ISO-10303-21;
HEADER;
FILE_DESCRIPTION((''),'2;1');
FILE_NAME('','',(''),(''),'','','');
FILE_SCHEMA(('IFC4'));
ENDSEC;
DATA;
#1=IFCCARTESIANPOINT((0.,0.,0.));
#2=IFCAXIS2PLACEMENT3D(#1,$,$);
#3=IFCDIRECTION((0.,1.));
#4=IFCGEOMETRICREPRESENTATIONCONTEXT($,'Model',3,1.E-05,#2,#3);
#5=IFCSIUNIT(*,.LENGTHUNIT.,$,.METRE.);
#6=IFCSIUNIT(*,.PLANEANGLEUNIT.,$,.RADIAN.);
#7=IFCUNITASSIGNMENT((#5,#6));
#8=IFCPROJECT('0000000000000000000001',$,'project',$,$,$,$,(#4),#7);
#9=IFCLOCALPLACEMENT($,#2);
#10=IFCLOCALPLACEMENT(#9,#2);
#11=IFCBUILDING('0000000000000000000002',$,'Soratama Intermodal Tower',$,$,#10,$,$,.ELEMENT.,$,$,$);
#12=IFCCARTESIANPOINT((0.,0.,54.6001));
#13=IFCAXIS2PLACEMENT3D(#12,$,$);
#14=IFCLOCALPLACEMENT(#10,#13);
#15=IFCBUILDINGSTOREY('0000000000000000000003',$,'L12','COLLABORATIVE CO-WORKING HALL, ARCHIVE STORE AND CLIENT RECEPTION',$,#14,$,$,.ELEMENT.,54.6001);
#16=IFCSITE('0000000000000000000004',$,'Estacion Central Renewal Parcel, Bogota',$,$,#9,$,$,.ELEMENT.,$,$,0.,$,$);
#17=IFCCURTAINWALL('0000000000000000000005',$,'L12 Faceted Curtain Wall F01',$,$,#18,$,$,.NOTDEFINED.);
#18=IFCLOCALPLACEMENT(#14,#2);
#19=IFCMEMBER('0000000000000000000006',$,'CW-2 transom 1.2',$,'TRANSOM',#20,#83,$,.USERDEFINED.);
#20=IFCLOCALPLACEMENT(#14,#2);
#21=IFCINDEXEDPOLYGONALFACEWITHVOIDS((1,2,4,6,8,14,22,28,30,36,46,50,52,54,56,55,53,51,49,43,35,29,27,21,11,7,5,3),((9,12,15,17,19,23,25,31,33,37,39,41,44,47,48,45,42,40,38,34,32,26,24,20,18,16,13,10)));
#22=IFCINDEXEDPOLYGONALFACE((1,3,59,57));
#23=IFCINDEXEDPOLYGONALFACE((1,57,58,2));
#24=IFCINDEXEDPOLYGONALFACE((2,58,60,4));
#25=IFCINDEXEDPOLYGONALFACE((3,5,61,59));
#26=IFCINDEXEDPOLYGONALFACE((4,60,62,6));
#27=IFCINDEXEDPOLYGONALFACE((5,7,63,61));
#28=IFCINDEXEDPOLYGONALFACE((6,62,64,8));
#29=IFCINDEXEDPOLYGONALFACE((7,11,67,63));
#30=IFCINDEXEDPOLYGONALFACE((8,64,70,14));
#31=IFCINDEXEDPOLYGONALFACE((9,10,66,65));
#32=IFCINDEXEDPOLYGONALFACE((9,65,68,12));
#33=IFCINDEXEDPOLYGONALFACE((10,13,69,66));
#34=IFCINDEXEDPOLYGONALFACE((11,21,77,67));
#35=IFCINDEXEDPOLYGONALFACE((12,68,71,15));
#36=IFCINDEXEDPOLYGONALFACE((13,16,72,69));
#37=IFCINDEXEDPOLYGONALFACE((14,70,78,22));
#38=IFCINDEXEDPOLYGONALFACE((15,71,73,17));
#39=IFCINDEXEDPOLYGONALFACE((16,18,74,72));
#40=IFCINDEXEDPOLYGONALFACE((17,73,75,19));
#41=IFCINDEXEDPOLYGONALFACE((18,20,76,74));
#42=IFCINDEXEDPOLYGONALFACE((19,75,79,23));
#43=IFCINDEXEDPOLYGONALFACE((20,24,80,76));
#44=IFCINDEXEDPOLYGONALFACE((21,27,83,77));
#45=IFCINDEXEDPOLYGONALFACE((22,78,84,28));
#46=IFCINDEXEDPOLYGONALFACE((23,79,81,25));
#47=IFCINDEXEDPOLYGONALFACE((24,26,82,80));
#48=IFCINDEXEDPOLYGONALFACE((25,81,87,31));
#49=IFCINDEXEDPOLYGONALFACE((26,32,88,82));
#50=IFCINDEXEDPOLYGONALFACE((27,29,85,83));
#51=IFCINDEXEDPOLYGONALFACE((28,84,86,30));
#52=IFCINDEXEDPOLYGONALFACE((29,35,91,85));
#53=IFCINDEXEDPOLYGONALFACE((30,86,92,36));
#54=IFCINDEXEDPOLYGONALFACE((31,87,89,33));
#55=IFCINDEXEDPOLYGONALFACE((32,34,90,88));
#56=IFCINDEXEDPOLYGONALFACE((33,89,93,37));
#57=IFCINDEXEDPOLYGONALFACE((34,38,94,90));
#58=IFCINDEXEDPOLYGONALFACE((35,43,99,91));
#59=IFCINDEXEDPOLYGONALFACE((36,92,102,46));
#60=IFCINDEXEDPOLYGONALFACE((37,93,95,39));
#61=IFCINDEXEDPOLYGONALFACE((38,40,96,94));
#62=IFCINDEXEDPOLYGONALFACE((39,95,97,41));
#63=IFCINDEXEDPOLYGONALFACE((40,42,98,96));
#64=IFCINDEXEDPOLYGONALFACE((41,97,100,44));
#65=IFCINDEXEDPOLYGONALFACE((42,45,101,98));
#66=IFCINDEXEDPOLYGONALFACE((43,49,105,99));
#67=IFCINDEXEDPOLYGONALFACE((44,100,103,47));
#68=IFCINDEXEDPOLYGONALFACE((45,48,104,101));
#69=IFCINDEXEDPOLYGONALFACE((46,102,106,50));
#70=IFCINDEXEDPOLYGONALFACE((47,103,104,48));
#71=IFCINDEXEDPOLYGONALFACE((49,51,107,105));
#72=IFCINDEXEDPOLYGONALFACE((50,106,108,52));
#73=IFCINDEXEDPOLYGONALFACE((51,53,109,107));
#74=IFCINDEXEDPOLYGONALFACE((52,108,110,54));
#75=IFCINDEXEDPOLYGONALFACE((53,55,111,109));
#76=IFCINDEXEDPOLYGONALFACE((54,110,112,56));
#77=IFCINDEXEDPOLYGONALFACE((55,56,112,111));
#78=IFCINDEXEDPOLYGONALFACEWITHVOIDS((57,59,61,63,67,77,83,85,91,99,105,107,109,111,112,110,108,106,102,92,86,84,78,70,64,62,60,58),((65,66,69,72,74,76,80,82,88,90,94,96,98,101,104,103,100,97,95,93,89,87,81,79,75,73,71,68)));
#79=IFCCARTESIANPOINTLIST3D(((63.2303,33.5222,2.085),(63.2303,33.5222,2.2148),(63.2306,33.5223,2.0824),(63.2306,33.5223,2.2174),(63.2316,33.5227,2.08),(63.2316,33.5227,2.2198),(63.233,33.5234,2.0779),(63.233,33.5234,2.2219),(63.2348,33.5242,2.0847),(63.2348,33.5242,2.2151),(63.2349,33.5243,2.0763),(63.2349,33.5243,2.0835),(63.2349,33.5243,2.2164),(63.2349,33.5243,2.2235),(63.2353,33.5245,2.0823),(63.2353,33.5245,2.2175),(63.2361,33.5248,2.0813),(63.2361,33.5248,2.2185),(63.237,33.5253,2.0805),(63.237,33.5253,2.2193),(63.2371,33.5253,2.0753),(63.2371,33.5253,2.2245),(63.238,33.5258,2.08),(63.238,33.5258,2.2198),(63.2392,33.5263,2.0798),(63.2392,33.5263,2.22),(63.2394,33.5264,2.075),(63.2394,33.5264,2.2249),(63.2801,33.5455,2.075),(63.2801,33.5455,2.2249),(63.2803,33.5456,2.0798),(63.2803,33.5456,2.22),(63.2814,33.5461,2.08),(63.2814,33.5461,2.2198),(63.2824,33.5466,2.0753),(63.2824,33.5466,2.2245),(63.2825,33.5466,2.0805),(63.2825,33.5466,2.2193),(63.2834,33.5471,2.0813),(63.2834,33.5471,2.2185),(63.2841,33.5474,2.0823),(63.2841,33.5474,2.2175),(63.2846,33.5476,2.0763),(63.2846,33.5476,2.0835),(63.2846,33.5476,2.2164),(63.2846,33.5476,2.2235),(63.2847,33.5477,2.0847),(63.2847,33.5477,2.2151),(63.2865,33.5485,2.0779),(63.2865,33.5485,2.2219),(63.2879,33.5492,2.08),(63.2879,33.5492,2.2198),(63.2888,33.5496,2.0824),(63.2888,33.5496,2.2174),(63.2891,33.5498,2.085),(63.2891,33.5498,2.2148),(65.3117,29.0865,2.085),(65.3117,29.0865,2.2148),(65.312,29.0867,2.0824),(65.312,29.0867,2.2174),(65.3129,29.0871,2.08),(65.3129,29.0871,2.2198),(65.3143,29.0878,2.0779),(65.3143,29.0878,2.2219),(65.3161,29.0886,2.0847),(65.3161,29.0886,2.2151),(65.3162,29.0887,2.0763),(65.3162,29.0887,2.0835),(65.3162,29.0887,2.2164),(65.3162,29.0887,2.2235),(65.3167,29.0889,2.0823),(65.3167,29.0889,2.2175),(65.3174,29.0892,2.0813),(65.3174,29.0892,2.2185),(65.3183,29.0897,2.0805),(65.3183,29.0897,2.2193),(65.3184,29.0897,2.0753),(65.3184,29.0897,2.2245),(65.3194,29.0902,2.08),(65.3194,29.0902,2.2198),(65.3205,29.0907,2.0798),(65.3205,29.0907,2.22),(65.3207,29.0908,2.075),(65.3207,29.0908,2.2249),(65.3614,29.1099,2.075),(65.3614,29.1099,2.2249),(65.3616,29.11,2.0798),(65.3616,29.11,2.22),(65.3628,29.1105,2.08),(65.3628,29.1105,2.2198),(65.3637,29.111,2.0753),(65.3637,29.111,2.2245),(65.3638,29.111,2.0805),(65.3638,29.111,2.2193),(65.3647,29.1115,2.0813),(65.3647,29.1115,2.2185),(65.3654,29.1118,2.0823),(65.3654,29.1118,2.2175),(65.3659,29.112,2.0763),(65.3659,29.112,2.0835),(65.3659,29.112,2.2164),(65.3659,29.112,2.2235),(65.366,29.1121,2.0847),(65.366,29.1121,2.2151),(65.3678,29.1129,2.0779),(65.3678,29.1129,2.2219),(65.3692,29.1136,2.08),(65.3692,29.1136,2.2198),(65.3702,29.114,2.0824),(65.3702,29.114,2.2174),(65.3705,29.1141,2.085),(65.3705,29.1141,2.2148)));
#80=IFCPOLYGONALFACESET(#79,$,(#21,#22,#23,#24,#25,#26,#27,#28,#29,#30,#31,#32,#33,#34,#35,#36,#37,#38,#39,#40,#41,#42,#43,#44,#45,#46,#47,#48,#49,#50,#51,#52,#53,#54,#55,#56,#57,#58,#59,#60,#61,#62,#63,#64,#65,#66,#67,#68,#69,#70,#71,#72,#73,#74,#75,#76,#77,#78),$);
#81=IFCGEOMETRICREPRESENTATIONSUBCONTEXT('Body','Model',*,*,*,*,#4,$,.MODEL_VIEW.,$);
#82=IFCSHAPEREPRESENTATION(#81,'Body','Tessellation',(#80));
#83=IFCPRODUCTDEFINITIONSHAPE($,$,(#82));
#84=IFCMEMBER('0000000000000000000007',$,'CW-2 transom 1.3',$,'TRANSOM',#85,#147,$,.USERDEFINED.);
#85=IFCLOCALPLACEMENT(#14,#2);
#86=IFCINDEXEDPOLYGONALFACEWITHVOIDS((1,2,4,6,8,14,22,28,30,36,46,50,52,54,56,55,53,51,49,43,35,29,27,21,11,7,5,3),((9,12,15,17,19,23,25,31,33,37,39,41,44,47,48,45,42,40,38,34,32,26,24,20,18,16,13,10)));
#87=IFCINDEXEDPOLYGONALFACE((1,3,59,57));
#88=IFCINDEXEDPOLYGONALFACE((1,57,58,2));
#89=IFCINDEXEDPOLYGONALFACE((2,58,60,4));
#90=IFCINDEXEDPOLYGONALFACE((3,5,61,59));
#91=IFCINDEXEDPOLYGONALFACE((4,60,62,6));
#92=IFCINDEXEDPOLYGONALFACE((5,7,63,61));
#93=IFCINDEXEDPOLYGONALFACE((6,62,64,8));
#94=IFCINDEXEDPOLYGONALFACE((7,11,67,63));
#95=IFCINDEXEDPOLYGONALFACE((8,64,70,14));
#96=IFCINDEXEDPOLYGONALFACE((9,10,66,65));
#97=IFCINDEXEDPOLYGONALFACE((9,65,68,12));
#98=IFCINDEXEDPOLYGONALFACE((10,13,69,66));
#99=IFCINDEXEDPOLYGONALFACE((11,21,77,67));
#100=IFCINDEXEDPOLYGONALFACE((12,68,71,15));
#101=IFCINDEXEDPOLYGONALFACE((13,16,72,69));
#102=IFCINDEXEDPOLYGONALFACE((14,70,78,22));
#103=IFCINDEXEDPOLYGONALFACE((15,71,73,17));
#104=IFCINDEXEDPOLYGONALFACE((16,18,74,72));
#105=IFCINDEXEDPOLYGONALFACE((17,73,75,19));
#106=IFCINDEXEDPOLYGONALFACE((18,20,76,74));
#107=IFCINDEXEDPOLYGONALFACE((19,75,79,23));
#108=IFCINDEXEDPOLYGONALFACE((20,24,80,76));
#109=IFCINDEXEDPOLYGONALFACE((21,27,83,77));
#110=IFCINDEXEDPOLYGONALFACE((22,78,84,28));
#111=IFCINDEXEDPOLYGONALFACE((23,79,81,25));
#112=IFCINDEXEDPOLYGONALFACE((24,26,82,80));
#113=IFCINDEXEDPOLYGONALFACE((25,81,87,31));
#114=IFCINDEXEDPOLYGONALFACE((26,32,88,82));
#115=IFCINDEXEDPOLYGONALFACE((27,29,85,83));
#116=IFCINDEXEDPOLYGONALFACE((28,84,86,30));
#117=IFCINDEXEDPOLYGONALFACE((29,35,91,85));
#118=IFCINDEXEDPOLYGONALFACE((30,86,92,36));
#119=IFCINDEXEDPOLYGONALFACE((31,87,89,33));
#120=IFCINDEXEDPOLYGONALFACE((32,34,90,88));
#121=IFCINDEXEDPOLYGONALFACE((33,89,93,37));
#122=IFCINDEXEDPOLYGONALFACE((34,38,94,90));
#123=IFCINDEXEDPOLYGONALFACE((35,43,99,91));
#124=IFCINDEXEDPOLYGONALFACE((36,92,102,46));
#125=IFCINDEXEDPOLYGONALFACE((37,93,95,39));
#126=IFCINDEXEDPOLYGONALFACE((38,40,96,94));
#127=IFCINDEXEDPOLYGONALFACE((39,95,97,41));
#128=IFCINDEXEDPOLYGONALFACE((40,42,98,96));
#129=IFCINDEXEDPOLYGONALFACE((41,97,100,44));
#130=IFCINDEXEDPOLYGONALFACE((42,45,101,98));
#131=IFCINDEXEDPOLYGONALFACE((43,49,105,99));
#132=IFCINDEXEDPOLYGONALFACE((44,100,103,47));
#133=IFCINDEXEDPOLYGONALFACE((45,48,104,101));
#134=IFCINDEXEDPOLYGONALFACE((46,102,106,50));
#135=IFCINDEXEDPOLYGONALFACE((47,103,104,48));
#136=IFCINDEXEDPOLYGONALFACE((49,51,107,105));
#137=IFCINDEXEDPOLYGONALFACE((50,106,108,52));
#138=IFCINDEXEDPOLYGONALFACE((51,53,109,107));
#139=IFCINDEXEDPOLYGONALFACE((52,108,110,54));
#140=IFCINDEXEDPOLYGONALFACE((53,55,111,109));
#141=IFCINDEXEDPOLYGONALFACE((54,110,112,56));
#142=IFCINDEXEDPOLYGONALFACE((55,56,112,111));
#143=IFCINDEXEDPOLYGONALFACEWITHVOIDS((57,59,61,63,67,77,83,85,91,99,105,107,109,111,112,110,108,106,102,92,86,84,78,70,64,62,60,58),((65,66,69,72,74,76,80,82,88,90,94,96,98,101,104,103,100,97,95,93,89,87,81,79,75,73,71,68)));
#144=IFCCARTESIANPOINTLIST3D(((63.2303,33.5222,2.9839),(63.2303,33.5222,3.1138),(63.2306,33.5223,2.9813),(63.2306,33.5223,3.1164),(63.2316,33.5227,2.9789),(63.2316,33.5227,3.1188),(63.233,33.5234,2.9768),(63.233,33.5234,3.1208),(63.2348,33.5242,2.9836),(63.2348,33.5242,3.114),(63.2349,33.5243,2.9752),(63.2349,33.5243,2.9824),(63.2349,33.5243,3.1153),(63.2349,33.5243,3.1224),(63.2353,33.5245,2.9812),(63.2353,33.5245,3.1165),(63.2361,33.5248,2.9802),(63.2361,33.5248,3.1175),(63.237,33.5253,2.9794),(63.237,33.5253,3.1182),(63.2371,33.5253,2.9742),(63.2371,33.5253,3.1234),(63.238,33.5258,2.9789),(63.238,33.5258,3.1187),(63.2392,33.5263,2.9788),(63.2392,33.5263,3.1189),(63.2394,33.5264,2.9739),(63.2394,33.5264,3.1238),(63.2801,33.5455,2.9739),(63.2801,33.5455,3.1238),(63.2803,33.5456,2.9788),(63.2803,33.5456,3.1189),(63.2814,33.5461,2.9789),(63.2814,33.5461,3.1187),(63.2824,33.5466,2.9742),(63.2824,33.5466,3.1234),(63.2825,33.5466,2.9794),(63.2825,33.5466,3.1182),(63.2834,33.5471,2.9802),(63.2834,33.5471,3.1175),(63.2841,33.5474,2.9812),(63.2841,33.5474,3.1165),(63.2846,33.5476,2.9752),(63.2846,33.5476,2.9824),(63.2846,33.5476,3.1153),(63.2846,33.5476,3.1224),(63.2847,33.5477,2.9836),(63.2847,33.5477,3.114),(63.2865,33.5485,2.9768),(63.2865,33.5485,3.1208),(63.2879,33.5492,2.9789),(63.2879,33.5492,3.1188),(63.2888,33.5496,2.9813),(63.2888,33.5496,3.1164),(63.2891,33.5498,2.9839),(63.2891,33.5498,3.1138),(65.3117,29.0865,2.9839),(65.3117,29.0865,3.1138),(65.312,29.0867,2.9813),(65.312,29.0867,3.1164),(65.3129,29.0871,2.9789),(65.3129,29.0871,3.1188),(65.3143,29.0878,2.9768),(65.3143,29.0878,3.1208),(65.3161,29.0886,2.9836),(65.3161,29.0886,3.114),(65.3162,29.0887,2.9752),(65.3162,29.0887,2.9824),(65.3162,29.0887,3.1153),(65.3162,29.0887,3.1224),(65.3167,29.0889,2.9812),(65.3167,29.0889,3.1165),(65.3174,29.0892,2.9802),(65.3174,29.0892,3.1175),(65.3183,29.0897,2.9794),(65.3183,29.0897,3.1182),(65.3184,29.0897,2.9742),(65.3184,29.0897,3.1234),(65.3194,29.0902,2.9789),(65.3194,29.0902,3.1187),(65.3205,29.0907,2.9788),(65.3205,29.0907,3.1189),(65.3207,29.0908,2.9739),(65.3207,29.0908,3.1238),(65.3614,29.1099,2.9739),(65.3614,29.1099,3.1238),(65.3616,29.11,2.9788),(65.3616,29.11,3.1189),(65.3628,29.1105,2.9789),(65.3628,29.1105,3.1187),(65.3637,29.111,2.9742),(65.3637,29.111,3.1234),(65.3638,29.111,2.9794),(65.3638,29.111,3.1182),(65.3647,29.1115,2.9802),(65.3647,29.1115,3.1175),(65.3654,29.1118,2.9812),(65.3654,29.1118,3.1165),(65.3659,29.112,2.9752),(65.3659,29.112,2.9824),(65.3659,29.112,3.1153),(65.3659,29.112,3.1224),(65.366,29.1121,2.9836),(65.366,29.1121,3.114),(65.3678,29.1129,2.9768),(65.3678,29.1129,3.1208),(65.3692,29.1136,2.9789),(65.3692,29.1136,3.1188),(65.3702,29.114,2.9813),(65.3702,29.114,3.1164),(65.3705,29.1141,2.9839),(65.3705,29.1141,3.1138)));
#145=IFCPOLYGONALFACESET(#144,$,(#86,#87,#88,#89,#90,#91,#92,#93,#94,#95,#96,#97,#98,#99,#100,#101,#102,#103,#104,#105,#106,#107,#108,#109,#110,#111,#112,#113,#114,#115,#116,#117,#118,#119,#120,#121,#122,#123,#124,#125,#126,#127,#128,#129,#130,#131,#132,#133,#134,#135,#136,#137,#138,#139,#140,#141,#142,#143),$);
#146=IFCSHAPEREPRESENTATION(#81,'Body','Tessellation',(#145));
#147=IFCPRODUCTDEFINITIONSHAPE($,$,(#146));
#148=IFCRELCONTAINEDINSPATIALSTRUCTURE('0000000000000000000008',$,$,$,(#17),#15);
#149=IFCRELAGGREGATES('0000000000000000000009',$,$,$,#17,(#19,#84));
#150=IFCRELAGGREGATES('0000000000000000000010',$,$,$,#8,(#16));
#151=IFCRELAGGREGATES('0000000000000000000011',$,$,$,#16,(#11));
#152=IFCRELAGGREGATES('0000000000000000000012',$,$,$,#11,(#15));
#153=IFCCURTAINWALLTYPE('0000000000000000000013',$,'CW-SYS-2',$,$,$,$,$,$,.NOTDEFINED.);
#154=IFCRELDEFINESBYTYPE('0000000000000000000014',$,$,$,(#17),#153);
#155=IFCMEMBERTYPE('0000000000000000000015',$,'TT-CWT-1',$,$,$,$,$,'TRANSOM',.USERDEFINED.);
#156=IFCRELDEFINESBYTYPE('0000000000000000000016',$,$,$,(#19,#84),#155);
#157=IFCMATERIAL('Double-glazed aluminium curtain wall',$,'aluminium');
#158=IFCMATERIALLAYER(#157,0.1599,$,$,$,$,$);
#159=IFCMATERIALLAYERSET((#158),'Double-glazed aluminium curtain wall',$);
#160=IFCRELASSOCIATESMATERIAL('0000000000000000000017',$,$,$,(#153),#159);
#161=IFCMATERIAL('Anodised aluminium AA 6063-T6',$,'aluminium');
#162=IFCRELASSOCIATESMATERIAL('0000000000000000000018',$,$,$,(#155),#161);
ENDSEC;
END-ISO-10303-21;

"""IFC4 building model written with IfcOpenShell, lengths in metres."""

from ifc_helpers import new_model, si_unit, direction, frame, origin, origin_2d, place, context, subcontext, project, spatial, hollow_rectangle, extrude, material, layer, layer_set, material_profile, profile_set, type_object, element, aggregate, save


model = new_model("IFC4")

# Units and contexts
model_context = context("Model", 3, precision=1e-05, world=origin(), true_north=direction((0.0, 1.0)))
body_context = subcontext(model_context, "Body", "Model", "MODEL_VIEW")
ifc_project = project(units=[si_unit("LENGTHUNIT", "METRE"), si_unit("PLANEANGLEUNIT", "RADIAN")], contexts=[model_context])

# Site, building, storey
site_placement = place(None, origin())
site = spatial("IfcSite", under=ifc_project, at=site_placement, Name="Estacion Central Renewal Parcel, Bogota", CompositionType="ELEMENT", RefElevation=0.0)
building_placement = place(site_placement, origin())
building = spatial("IfcBuilding", under=site, at=building_placement, Name="Soratama Intermodal Tower", CompositionType="ELEMENT")
storey_placement = place(building_placement, frame((0.0, 0.0, 54.6001)))
storey = spatial("IfcBuildingStorey", under=building, at=storey_placement, Name="L12", Description="COLLABORATIVE CO-WORKING HALL, ARCHIVE STORE AND CLIENT RECEPTION", CompositionType="ELEMENT", Elevation=54.6001)

# Curtain wall
ifc_material_1 = material(Name="Double-glazed aluminium curtain wall", Category="aluminium")
ifc_layer_1 = layer(ifc_material_1, 0.1599)
ifc_layer_set_1 = layer_set([ifc_layer_1], Name="Double-glazed aluminium curtain wall")
curtain_wall_type = type_object("IfcCurtainWallType", Name="CW-SYS-2", PredefinedType="NOTDEFINED", material=ifc_layer_set_1)
curtain_wall_1_placement = place(storey_placement, origin())
curtain_wall_1 = element("IfcCurtainWall", 1, at=curtain_wall_1_placement, inside=storey, type_object=curtain_wall_type, Name="L12 Faceted Curtain Wall F01", PredefinedType="NOTDEFINED")

# Members
ifc_material_2 = material(Name="Anodised aluminium AA 6063-T6", Category="aluminium")
ifc_material_profile_1 = material_profile(ifc_material_2, hollow_rectangle(XDim=0.0649, YDim=0.1499, WallThickness=0.0049, InnerFilletRadius=0.0049, OuterFilletRadius=0.01, at=origin_2d()), Name="CWT150X65X5")
ifc_profile_set_1 = profile_set([ifc_material_profile_1], Name="Anodised aluminium AA 6063-T6")
member_type_1 = type_object("IfcMemberType", Name="TT-CWT-1", ElementType="TRANSOM", PredefinedType="USERDEFINED", material=ifc_profile_set_1)
member_1_placement = place(storey_placement, frame((65.3411, 29.1003, 2.1499), z_axis=(-0.424791, 0.905291, 0.0), x_axis=(-0.905291, -0.424791, 0.0)))
member_1 = element("IfcMember", 2, at=member_1_placement, type_object=member_type_1, Name="CW-2 transom 1.2", ObjectType="TRANSOM", PredefinedType="USERDEFINED", context=body_context, shape_type="SweptSolid", body=[
    extrude(hollow_rectangle(XDim=0.0649, YDim=0.1499, WallThickness=0.0049, InnerFilletRadius=0.0049, OuterFilletRadius=0.01, at=origin_2d()), origin(), (0.0, 0.0, 1.0), 4.8997),
])
member_2_placement = place(storey_placement, frame((65.3411, 29.1003, 3.0488), z_axis=(-0.424791, 0.905291, 0.0), x_axis=(-0.905291, -0.424791, 0.0)))
member_2 = element("IfcMember", 3, at=member_2_placement, type_object=member_type_1, Name="CW-2 transom 1.3", ObjectType="TRANSOM", PredefinedType="USERDEFINED", context=body_context, shape_type="SweptSolid", body=[
    extrude(hollow_rectangle(XDim=0.0649, YDim=0.1499, WallThickness=0.0049, InnerFilletRadius=0.0049, OuterFilletRadius=0.01, at=origin_2d()), origin(), (0.0, 0.0, 1.0), 4.8997),
])

aggregate(curtain_wall_1, [member_1, member_2])

save(model, "model.ifc")
